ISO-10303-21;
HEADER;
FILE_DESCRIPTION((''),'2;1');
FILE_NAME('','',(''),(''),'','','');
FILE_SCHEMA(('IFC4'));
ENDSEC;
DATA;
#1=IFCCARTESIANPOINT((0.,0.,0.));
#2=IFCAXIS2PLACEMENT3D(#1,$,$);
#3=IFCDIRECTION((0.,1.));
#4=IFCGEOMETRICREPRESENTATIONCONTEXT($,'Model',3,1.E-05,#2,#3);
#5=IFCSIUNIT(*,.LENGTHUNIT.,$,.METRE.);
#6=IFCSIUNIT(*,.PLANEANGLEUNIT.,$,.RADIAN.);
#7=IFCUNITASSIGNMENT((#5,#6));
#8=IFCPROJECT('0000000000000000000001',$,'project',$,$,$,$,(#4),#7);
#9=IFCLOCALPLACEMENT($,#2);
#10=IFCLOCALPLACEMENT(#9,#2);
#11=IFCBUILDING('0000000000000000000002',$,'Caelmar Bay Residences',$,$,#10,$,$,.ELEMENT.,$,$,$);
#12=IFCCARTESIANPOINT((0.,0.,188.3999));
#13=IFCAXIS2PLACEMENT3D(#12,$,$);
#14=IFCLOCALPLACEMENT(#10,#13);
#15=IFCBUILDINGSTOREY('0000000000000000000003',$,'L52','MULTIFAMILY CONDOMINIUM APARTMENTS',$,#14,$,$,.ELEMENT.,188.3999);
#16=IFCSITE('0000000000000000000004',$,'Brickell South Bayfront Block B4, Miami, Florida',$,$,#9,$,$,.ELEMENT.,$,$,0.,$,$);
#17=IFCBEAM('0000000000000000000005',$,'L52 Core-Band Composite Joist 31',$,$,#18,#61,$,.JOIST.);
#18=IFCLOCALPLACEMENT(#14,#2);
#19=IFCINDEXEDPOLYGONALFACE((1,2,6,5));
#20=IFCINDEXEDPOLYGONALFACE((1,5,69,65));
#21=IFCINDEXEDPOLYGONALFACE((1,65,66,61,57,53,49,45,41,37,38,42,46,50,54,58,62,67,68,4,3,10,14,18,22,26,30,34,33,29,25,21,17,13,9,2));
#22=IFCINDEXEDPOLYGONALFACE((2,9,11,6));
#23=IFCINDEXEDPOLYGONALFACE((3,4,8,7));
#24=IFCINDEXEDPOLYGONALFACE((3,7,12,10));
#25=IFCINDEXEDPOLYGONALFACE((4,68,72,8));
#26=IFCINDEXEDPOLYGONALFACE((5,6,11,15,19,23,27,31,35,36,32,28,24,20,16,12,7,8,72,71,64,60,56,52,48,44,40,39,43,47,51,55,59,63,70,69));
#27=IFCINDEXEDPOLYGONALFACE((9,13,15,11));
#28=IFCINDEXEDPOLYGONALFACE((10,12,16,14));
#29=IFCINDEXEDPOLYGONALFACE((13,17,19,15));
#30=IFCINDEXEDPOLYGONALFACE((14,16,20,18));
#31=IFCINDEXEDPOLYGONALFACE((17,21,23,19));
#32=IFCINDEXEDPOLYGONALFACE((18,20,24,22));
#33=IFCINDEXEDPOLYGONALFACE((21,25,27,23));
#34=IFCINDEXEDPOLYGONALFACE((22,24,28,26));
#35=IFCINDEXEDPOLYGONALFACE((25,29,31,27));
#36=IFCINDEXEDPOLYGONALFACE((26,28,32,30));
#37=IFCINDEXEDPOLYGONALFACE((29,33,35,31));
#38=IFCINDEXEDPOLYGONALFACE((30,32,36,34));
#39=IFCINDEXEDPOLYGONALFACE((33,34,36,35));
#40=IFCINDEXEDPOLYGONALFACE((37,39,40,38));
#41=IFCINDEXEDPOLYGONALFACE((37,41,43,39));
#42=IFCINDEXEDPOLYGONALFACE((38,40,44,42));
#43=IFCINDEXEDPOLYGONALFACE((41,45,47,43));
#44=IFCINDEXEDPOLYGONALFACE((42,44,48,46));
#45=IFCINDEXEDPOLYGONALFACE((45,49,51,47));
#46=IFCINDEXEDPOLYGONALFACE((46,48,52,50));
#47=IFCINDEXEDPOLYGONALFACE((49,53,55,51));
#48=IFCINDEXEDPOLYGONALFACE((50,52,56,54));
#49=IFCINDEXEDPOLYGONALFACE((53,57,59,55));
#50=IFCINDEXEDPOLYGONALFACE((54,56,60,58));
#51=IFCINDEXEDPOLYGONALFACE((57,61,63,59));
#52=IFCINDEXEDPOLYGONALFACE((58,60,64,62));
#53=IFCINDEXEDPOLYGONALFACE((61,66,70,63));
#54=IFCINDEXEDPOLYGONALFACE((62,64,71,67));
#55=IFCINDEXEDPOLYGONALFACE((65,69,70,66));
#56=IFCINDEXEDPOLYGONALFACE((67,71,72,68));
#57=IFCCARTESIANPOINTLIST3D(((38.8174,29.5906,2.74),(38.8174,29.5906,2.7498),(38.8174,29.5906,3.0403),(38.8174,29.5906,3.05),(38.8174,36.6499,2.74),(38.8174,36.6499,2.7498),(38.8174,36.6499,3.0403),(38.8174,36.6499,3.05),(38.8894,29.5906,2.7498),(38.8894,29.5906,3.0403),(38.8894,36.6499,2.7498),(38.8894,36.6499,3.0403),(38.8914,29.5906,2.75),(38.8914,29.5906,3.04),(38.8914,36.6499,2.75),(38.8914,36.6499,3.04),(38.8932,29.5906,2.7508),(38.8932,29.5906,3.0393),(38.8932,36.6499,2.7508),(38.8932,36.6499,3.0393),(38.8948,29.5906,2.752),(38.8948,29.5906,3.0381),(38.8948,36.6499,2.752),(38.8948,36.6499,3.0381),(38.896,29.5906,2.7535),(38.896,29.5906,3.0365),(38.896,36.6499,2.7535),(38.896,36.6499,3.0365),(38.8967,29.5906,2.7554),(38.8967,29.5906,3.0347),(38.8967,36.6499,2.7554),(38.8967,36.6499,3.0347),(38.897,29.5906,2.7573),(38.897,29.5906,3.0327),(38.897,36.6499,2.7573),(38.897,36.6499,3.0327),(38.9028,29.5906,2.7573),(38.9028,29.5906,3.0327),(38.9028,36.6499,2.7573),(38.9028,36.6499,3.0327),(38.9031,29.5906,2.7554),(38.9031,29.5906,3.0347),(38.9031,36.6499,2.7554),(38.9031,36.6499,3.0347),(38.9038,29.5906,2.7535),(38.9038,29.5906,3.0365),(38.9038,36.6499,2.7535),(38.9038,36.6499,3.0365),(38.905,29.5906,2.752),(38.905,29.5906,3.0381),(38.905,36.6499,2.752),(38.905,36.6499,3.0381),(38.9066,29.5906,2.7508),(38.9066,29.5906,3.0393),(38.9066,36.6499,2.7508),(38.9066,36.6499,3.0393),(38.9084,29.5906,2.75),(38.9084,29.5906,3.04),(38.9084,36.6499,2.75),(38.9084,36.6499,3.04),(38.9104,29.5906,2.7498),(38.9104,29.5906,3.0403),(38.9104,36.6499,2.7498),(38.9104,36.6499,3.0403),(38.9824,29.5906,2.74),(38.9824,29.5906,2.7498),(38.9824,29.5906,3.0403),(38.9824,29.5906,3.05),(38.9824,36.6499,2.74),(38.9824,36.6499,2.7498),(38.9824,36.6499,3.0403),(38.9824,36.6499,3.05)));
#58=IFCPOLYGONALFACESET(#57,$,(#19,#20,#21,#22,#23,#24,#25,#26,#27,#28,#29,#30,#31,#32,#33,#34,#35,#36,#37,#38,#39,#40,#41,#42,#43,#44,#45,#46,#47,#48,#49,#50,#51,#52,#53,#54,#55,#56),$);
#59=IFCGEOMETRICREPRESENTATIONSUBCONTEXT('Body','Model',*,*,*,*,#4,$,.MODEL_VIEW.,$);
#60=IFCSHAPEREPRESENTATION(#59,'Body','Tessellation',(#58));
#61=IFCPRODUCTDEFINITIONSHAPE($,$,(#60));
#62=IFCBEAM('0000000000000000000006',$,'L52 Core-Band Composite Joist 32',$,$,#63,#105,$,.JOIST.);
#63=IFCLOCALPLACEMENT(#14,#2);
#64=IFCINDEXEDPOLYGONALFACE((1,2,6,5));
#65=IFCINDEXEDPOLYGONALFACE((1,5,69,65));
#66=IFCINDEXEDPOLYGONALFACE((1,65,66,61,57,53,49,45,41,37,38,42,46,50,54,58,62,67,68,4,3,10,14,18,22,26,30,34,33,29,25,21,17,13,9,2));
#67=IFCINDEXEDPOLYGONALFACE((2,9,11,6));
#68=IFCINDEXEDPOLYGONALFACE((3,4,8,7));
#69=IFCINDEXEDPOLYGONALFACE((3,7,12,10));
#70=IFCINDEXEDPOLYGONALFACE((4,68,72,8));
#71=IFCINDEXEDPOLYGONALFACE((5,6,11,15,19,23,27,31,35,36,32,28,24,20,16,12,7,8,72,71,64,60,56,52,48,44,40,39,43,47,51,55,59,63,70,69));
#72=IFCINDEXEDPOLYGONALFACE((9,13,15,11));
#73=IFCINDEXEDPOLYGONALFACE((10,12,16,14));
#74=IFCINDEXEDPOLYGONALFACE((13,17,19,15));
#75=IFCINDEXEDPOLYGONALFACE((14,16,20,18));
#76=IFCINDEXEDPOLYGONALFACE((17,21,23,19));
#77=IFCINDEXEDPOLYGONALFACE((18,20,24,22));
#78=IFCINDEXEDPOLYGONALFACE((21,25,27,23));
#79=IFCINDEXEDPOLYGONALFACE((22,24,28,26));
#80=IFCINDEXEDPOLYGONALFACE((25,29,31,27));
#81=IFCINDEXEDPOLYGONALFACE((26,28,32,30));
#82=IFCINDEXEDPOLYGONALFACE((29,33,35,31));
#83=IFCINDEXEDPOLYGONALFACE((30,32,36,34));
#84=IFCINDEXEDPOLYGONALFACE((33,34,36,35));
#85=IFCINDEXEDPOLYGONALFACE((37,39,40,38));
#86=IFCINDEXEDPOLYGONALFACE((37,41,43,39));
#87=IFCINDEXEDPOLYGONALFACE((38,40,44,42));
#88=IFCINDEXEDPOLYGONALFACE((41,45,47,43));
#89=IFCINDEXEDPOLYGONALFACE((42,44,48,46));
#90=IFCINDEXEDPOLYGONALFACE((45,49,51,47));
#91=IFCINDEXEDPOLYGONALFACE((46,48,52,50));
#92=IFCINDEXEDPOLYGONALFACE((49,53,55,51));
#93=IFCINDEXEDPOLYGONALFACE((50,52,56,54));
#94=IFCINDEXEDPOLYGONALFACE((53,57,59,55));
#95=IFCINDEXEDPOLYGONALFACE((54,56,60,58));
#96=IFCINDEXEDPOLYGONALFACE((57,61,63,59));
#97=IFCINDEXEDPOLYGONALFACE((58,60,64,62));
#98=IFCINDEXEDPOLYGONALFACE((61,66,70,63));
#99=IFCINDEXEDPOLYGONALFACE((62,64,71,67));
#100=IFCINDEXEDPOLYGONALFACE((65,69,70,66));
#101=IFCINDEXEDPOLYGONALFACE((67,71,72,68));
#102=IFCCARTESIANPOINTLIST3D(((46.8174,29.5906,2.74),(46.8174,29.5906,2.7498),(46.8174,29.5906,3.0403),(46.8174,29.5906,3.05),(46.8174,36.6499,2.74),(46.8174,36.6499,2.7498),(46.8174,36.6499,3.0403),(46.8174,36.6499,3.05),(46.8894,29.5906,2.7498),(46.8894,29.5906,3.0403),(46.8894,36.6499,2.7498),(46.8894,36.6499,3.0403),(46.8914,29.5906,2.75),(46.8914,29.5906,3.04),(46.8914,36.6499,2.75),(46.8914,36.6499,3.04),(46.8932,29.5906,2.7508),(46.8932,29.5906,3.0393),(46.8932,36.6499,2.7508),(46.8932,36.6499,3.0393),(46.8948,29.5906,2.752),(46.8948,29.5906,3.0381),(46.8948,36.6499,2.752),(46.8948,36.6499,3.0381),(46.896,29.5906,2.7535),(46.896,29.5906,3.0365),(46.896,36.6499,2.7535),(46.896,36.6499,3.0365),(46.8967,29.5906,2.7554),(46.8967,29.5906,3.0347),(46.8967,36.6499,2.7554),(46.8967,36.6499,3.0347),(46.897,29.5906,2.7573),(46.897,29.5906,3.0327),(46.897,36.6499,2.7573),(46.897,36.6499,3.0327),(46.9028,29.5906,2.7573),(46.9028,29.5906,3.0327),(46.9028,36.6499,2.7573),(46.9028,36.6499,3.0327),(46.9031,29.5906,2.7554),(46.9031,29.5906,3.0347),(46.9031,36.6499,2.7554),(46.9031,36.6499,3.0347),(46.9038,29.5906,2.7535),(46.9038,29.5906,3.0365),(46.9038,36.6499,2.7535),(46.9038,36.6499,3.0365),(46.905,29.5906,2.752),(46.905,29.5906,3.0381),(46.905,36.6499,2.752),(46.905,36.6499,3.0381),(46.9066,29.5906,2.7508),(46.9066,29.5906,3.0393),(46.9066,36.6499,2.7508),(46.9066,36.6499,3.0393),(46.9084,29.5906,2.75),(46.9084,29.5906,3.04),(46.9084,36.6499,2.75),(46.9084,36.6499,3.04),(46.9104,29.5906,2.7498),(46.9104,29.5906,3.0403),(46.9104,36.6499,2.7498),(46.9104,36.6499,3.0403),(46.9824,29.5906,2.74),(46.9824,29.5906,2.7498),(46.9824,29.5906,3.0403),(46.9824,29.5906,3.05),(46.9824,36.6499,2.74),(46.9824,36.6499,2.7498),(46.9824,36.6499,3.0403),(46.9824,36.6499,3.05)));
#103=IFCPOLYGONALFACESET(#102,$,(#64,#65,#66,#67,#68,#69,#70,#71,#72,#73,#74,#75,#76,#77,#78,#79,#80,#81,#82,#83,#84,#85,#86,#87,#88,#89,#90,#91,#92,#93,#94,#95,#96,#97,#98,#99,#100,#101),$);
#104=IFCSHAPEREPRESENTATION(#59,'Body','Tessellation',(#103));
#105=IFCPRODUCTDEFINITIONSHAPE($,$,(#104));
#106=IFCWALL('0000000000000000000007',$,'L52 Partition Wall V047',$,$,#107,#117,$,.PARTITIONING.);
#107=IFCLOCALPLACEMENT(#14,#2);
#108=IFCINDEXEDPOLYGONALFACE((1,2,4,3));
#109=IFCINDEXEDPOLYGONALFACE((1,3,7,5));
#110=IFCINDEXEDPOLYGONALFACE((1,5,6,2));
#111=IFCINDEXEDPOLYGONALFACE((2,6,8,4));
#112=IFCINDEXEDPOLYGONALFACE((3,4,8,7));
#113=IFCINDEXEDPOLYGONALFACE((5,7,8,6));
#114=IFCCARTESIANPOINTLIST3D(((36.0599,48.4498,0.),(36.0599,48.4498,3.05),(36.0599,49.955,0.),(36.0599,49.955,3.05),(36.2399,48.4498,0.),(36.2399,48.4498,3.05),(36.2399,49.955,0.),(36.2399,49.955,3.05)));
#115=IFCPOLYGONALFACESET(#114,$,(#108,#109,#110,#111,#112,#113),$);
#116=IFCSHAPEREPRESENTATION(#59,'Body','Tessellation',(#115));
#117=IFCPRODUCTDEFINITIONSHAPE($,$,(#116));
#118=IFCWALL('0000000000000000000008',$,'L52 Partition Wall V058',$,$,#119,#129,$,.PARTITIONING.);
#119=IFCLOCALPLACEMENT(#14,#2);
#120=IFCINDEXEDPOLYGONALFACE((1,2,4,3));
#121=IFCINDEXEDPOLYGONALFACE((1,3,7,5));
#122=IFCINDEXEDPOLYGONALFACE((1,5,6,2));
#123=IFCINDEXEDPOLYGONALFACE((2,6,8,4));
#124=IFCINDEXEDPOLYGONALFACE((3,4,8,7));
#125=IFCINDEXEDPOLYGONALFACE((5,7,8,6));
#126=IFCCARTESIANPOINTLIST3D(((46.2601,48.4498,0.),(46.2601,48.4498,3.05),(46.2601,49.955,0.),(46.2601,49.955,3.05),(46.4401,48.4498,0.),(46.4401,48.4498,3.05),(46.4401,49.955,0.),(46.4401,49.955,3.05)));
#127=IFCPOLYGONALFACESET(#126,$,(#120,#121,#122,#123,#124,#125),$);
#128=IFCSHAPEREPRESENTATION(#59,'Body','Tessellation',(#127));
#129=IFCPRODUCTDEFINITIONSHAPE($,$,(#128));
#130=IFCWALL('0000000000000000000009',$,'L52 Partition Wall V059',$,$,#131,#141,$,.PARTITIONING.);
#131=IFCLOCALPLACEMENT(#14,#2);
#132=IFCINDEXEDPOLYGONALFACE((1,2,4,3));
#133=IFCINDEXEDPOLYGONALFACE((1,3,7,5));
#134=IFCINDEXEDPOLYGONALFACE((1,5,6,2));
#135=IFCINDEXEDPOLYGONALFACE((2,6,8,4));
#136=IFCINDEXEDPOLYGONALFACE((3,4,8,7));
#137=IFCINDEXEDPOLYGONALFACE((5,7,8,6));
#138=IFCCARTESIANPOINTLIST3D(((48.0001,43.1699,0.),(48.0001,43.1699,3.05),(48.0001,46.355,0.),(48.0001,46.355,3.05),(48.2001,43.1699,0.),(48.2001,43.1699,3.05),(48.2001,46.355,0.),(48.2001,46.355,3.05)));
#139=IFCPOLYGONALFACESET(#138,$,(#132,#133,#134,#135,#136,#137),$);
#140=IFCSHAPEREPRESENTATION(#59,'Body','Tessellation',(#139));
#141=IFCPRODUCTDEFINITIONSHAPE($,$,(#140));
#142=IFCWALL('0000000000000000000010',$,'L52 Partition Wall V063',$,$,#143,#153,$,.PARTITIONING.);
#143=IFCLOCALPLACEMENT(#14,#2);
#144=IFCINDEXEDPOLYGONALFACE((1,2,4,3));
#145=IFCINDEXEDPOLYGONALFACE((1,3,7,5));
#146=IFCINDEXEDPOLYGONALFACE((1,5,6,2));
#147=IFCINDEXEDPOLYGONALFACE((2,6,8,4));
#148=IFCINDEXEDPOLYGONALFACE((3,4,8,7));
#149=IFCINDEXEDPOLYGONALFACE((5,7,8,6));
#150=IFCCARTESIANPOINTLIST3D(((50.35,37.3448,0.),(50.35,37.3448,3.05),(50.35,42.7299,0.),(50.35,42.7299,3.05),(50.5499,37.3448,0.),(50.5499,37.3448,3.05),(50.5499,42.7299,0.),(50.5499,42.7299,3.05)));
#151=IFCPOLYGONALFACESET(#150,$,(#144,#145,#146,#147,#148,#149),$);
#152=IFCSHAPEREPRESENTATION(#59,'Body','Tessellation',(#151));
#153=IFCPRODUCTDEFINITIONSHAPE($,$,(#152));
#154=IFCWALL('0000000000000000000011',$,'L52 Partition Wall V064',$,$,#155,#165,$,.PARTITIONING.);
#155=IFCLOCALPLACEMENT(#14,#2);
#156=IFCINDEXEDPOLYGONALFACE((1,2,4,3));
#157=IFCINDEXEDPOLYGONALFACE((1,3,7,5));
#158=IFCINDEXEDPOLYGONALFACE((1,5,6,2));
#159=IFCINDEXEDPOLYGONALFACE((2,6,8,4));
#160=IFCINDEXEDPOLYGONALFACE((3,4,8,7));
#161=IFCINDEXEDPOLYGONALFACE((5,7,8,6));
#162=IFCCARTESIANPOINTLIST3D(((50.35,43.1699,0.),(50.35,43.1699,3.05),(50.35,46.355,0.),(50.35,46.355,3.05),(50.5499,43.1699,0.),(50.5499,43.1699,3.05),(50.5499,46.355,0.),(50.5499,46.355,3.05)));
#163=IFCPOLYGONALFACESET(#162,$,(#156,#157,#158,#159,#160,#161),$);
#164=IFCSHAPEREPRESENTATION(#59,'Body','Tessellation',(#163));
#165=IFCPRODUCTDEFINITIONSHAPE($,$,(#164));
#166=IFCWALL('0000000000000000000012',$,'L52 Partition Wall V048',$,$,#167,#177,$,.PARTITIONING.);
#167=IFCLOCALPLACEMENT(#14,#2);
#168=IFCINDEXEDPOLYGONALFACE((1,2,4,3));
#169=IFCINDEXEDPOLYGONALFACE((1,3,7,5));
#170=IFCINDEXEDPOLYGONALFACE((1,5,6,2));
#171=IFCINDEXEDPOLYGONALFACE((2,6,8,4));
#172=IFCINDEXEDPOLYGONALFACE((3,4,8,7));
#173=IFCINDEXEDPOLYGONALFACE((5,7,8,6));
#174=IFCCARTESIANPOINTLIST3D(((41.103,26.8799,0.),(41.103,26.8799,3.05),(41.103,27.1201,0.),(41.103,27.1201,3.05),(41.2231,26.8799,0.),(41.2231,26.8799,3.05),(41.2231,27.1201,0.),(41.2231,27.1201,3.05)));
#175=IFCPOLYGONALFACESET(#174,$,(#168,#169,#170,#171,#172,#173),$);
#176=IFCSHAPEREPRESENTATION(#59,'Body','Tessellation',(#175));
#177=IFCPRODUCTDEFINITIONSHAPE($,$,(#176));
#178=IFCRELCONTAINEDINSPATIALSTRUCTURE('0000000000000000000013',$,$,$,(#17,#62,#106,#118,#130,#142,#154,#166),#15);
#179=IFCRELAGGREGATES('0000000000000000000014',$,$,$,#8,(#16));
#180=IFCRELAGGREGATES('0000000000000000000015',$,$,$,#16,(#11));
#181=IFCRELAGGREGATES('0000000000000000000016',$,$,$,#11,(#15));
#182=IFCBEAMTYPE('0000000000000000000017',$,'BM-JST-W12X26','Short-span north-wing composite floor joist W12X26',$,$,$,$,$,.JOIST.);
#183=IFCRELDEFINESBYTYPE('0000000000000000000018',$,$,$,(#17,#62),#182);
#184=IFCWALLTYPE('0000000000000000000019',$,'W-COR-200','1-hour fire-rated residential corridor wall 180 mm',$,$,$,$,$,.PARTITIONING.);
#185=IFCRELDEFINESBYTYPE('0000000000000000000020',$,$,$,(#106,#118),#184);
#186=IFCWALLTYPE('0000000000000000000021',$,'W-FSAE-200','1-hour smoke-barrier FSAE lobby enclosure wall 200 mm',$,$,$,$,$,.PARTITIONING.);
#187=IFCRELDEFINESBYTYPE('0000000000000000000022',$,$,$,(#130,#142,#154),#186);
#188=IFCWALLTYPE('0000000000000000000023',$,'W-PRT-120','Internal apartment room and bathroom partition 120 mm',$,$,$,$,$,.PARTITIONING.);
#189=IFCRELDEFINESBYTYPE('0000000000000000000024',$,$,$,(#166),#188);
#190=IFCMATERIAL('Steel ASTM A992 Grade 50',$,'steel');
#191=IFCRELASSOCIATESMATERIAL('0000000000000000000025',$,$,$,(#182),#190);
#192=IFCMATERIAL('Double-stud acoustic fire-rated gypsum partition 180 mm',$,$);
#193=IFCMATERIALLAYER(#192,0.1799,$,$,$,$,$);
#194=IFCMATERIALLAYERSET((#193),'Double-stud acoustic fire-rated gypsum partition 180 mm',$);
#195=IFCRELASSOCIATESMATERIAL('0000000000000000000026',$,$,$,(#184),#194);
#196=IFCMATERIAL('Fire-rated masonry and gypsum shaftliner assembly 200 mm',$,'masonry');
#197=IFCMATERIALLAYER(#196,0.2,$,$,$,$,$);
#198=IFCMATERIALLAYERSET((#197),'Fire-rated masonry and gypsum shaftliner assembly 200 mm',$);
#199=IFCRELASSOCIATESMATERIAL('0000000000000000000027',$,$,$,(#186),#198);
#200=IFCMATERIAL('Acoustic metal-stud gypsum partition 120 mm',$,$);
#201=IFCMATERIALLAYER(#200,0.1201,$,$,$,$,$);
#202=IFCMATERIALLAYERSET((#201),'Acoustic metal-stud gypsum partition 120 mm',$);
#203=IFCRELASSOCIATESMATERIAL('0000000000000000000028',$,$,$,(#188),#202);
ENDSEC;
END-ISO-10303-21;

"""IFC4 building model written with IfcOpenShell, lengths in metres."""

from ifc_helpers import new_model, si_unit, direction, frame, frame_2d, origin, origin_2d, place, context, subcontext, project, spatial, rectangle, i_section, extrude, material, layer, layer_set, material_profile, profile_set, type_object, element, save


model = new_model("IFC4")

# Units and contexts
model_context = context("Model", 3, precision=1e-05, world=origin(), true_north=direction((0.0, 1.0)))
body_context = subcontext(model_context, "Body", "Model", "MODEL_VIEW")
ifc_project = project(units=[si_unit("LENGTHUNIT", "METRE"), si_unit("PLANEANGLEUNIT", "RADIAN")], contexts=[model_context])

# Site, building, storey
site_placement = place(None, origin())
site = spatial("IfcSite", under=ifc_project, at=site_placement, Name="Brickell South Bayfront Block B4, Miami, Florida", CompositionType="ELEMENT", RefElevation=0.0)
building_placement = place(site_placement, origin())
building = spatial("IfcBuilding", under=site, at=building_placement, Name="Caelmar Bay Residences", CompositionType="ELEMENT")
storey_placement = place(building_placement, frame((0.0, 0.0, 188.3999)))
storey = spatial("IfcBuildingStorey", under=building, at=storey_placement, Name="L52", Description="MULTIFAMILY CONDOMINIUM APARTMENTS", CompositionType="ELEMENT", Elevation=188.3999)

# Beams
ifc_material_1 = material(Name="Steel ASTM A992 Grade 50", Category="steel")
ifc_material_profile_1 = material_profile(ifc_material_1, i_section(OverallWidth=0.165, OverallDepth=0.3101, WebThickness=0.0059, FlangeThickness=0.0098, FilletRadius=0.0076, at=origin_2d()), Name="W12X26")
ifc_profile_set_1 = profile_set([ifc_material_profile_1], Name="Steel ASTM A992 Grade 50")
beam_type_1 = type_object("IfcBeamType", Name="BM-JST-W12X26", Description="Short-span north-wing composite floor joist W12X26", PredefinedType="JOIST", material=ifc_profile_set_1)
for number, where, z_axis, x_axis, name in (
    (1, (38.8999, 29.5906, 2.895), (0.0, 1.0, 0.0), (-1.0, 0.0, 0.0), "L52 Core-Band Composite Joist 31"),
    (2, (46.8999, 29.5906, 2.895), (0.0, 1.0, 0.0), (-1.0, 0.0, 0.0), "L52 Core-Band Composite Joist 32"),
):
    element("IfcBeam", number, at=place(storey_placement, frame(where, z_axis=z_axis, x_axis=x_axis)), inside=storey, type_object=beam_type_1, Name=name, PredefinedType="JOIST", context=body_context, shape_type="SweptSolid", body=[
        extrude(i_section(OverallWidth=0.165, OverallDepth=0.3101, WebThickness=0.0059, FlangeThickness=0.0098, FilletRadius=0.0076, at=origin_2d()), origin(), (0.0, 0.0, 1.0), 7.0593),
    ])

# Walls
ifc_material_2 = material(Name="Double-stud acoustic fire-rated gypsum partition 180 mm")
ifc_layer_1 = layer(ifc_material_2, 0.1799)
ifc_layer_set_1 = layer_set([ifc_layer_1], Name="Double-stud acoustic fire-rated gypsum partition 180 mm")
wall_type_1 = type_object("IfcWallType", Name="W-COR-200", Description="1-hour fire-rated residential corridor wall 180 mm", PredefinedType="PARTITIONING", material=ifc_layer_set_1)
for number, where, z_axis, x_axis, name in (
    (3, (36.1499, 48.45, 0.0), (0.0, 0.0, 1.0), (0.0, 1.0, 0.0), "L52 Partition Wall V047"),
    (4, (46.3501, 48.45, 0.0), (0.0, 0.0, 1.0), (0.0, 1.0, 0.0), "L52 Partition Wall V058"),
):
    element("IfcWall", number, at=place(storey_placement, frame(where, z_axis=z_axis, x_axis=x_axis)), inside=storey, type_object=wall_type_1, Name=name, PredefinedType="PARTITIONING", context=body_context, shape_type="SweptSolid", body=[
        extrude(rectangle(XDim=1.5051, YDim=0.1799, at=frame_2d((0.7524, 0.0))), origin(), (0.0, 0.0, 1.0), 3.05),
    ])
ifc_material_3 = material(Name="Fire-rated masonry and gypsum shaftliner assembly 200 mm", Category="masonry")
ifc_layer_2 = layer(ifc_material_3, 0.2)
ifc_layer_set_2 = layer_set([ifc_layer_2], Name="Fire-rated masonry and gypsum shaftliner assembly 200 mm")
wall_type_2 = type_object("IfcWallType", Name="W-FSAE-200", Description="1-hour smoke-barrier FSAE lobby enclosure wall 200 mm", PredefinedType="PARTITIONING", material=ifc_layer_set_2)
wall_1_placement = place(storey_placement, frame((48.1001, 43.1699, 0.0), z_axis=(0.0, 0.0, 1.0), x_axis=(0.0, 1.0, 0.0)))
element("IfcWall", 5, at=wall_1_placement, inside=storey, type_object=wall_type_2, Name="L52 Partition Wall V059", PredefinedType="PARTITIONING", context=body_context, shape_type="SweptSolid", body=[
    extrude(rectangle(XDim=3.1851, YDim=0.2, at=frame_2d((1.5925, 0.0))), origin(), (0.0, 0.0, 1.0), 3.05),
])
wall_2_placement = place(storey_placement, frame((50.45, 37.345, 0.0), z_axis=(0.0, 0.0, 1.0), x_axis=(0.0, 1.0, 0.0)))
element("IfcWall", 6, at=wall_2_placement, inside=storey, type_object=wall_type_2, Name="L52 Partition Wall V063", PredefinedType="PARTITIONING", context=body_context, shape_type="SweptSolid", body=[
    extrude(rectangle(XDim=5.385, YDim=0.2, at=frame_2d((2.6924, 0.0))), origin(), (0.0, 0.0, 1.0), 3.05),
])
wall_3_placement = place(storey_placement, frame((50.45, 43.1699, 0.0), z_axis=(0.0, 0.0, 1.0), x_axis=(0.0, 1.0, 0.0)))
element("IfcWall", 7, at=wall_3_placement, inside=storey, type_object=wall_type_2, Name="L52 Partition Wall V064", PredefinedType="PARTITIONING", context=body_context, shape_type="SweptSolid", body=[
    extrude(rectangle(XDim=3.1851, YDim=0.2, at=frame_2d((1.5925, 0.0))), origin(), (0.0, 0.0, 1.0), 3.05),
])
ifc_material_4 = material(Name="Acoustic metal-stud gypsum partition 120 mm")
ifc_layer_3 = layer(ifc_material_4, 0.1201)
ifc_layer_set_3 = layer_set([ifc_layer_3], Name="Acoustic metal-stud gypsum partition 120 mm")
wall_type_3 = type_object("IfcWallType", Name="W-PRT-120", Description="Internal apartment room and bathroom partition 120 mm", PredefinedType="PARTITIONING", material=ifc_layer_set_3)
wall_4_placement = place(storey_placement, frame((41.1631, 26.8799, 0.0), z_axis=(0.0, 0.0, 1.0), x_axis=(0.0, 1.0, 0.0)))
element("IfcWall", 8, at=wall_4_placement, inside=storey, type_object=wall_type_3, Name="L52 Partition Wall V048", PredefinedType="PARTITIONING", context=body_context, shape_type="SweptSolid", body=[
    extrude(rectangle(XDim=0.2402, YDim=0.1201, at=frame_2d((0.1201, 0.0))), origin(), (0.0, 0.0, 1.0), 3.05),
])

save(model, "model.ifc")
